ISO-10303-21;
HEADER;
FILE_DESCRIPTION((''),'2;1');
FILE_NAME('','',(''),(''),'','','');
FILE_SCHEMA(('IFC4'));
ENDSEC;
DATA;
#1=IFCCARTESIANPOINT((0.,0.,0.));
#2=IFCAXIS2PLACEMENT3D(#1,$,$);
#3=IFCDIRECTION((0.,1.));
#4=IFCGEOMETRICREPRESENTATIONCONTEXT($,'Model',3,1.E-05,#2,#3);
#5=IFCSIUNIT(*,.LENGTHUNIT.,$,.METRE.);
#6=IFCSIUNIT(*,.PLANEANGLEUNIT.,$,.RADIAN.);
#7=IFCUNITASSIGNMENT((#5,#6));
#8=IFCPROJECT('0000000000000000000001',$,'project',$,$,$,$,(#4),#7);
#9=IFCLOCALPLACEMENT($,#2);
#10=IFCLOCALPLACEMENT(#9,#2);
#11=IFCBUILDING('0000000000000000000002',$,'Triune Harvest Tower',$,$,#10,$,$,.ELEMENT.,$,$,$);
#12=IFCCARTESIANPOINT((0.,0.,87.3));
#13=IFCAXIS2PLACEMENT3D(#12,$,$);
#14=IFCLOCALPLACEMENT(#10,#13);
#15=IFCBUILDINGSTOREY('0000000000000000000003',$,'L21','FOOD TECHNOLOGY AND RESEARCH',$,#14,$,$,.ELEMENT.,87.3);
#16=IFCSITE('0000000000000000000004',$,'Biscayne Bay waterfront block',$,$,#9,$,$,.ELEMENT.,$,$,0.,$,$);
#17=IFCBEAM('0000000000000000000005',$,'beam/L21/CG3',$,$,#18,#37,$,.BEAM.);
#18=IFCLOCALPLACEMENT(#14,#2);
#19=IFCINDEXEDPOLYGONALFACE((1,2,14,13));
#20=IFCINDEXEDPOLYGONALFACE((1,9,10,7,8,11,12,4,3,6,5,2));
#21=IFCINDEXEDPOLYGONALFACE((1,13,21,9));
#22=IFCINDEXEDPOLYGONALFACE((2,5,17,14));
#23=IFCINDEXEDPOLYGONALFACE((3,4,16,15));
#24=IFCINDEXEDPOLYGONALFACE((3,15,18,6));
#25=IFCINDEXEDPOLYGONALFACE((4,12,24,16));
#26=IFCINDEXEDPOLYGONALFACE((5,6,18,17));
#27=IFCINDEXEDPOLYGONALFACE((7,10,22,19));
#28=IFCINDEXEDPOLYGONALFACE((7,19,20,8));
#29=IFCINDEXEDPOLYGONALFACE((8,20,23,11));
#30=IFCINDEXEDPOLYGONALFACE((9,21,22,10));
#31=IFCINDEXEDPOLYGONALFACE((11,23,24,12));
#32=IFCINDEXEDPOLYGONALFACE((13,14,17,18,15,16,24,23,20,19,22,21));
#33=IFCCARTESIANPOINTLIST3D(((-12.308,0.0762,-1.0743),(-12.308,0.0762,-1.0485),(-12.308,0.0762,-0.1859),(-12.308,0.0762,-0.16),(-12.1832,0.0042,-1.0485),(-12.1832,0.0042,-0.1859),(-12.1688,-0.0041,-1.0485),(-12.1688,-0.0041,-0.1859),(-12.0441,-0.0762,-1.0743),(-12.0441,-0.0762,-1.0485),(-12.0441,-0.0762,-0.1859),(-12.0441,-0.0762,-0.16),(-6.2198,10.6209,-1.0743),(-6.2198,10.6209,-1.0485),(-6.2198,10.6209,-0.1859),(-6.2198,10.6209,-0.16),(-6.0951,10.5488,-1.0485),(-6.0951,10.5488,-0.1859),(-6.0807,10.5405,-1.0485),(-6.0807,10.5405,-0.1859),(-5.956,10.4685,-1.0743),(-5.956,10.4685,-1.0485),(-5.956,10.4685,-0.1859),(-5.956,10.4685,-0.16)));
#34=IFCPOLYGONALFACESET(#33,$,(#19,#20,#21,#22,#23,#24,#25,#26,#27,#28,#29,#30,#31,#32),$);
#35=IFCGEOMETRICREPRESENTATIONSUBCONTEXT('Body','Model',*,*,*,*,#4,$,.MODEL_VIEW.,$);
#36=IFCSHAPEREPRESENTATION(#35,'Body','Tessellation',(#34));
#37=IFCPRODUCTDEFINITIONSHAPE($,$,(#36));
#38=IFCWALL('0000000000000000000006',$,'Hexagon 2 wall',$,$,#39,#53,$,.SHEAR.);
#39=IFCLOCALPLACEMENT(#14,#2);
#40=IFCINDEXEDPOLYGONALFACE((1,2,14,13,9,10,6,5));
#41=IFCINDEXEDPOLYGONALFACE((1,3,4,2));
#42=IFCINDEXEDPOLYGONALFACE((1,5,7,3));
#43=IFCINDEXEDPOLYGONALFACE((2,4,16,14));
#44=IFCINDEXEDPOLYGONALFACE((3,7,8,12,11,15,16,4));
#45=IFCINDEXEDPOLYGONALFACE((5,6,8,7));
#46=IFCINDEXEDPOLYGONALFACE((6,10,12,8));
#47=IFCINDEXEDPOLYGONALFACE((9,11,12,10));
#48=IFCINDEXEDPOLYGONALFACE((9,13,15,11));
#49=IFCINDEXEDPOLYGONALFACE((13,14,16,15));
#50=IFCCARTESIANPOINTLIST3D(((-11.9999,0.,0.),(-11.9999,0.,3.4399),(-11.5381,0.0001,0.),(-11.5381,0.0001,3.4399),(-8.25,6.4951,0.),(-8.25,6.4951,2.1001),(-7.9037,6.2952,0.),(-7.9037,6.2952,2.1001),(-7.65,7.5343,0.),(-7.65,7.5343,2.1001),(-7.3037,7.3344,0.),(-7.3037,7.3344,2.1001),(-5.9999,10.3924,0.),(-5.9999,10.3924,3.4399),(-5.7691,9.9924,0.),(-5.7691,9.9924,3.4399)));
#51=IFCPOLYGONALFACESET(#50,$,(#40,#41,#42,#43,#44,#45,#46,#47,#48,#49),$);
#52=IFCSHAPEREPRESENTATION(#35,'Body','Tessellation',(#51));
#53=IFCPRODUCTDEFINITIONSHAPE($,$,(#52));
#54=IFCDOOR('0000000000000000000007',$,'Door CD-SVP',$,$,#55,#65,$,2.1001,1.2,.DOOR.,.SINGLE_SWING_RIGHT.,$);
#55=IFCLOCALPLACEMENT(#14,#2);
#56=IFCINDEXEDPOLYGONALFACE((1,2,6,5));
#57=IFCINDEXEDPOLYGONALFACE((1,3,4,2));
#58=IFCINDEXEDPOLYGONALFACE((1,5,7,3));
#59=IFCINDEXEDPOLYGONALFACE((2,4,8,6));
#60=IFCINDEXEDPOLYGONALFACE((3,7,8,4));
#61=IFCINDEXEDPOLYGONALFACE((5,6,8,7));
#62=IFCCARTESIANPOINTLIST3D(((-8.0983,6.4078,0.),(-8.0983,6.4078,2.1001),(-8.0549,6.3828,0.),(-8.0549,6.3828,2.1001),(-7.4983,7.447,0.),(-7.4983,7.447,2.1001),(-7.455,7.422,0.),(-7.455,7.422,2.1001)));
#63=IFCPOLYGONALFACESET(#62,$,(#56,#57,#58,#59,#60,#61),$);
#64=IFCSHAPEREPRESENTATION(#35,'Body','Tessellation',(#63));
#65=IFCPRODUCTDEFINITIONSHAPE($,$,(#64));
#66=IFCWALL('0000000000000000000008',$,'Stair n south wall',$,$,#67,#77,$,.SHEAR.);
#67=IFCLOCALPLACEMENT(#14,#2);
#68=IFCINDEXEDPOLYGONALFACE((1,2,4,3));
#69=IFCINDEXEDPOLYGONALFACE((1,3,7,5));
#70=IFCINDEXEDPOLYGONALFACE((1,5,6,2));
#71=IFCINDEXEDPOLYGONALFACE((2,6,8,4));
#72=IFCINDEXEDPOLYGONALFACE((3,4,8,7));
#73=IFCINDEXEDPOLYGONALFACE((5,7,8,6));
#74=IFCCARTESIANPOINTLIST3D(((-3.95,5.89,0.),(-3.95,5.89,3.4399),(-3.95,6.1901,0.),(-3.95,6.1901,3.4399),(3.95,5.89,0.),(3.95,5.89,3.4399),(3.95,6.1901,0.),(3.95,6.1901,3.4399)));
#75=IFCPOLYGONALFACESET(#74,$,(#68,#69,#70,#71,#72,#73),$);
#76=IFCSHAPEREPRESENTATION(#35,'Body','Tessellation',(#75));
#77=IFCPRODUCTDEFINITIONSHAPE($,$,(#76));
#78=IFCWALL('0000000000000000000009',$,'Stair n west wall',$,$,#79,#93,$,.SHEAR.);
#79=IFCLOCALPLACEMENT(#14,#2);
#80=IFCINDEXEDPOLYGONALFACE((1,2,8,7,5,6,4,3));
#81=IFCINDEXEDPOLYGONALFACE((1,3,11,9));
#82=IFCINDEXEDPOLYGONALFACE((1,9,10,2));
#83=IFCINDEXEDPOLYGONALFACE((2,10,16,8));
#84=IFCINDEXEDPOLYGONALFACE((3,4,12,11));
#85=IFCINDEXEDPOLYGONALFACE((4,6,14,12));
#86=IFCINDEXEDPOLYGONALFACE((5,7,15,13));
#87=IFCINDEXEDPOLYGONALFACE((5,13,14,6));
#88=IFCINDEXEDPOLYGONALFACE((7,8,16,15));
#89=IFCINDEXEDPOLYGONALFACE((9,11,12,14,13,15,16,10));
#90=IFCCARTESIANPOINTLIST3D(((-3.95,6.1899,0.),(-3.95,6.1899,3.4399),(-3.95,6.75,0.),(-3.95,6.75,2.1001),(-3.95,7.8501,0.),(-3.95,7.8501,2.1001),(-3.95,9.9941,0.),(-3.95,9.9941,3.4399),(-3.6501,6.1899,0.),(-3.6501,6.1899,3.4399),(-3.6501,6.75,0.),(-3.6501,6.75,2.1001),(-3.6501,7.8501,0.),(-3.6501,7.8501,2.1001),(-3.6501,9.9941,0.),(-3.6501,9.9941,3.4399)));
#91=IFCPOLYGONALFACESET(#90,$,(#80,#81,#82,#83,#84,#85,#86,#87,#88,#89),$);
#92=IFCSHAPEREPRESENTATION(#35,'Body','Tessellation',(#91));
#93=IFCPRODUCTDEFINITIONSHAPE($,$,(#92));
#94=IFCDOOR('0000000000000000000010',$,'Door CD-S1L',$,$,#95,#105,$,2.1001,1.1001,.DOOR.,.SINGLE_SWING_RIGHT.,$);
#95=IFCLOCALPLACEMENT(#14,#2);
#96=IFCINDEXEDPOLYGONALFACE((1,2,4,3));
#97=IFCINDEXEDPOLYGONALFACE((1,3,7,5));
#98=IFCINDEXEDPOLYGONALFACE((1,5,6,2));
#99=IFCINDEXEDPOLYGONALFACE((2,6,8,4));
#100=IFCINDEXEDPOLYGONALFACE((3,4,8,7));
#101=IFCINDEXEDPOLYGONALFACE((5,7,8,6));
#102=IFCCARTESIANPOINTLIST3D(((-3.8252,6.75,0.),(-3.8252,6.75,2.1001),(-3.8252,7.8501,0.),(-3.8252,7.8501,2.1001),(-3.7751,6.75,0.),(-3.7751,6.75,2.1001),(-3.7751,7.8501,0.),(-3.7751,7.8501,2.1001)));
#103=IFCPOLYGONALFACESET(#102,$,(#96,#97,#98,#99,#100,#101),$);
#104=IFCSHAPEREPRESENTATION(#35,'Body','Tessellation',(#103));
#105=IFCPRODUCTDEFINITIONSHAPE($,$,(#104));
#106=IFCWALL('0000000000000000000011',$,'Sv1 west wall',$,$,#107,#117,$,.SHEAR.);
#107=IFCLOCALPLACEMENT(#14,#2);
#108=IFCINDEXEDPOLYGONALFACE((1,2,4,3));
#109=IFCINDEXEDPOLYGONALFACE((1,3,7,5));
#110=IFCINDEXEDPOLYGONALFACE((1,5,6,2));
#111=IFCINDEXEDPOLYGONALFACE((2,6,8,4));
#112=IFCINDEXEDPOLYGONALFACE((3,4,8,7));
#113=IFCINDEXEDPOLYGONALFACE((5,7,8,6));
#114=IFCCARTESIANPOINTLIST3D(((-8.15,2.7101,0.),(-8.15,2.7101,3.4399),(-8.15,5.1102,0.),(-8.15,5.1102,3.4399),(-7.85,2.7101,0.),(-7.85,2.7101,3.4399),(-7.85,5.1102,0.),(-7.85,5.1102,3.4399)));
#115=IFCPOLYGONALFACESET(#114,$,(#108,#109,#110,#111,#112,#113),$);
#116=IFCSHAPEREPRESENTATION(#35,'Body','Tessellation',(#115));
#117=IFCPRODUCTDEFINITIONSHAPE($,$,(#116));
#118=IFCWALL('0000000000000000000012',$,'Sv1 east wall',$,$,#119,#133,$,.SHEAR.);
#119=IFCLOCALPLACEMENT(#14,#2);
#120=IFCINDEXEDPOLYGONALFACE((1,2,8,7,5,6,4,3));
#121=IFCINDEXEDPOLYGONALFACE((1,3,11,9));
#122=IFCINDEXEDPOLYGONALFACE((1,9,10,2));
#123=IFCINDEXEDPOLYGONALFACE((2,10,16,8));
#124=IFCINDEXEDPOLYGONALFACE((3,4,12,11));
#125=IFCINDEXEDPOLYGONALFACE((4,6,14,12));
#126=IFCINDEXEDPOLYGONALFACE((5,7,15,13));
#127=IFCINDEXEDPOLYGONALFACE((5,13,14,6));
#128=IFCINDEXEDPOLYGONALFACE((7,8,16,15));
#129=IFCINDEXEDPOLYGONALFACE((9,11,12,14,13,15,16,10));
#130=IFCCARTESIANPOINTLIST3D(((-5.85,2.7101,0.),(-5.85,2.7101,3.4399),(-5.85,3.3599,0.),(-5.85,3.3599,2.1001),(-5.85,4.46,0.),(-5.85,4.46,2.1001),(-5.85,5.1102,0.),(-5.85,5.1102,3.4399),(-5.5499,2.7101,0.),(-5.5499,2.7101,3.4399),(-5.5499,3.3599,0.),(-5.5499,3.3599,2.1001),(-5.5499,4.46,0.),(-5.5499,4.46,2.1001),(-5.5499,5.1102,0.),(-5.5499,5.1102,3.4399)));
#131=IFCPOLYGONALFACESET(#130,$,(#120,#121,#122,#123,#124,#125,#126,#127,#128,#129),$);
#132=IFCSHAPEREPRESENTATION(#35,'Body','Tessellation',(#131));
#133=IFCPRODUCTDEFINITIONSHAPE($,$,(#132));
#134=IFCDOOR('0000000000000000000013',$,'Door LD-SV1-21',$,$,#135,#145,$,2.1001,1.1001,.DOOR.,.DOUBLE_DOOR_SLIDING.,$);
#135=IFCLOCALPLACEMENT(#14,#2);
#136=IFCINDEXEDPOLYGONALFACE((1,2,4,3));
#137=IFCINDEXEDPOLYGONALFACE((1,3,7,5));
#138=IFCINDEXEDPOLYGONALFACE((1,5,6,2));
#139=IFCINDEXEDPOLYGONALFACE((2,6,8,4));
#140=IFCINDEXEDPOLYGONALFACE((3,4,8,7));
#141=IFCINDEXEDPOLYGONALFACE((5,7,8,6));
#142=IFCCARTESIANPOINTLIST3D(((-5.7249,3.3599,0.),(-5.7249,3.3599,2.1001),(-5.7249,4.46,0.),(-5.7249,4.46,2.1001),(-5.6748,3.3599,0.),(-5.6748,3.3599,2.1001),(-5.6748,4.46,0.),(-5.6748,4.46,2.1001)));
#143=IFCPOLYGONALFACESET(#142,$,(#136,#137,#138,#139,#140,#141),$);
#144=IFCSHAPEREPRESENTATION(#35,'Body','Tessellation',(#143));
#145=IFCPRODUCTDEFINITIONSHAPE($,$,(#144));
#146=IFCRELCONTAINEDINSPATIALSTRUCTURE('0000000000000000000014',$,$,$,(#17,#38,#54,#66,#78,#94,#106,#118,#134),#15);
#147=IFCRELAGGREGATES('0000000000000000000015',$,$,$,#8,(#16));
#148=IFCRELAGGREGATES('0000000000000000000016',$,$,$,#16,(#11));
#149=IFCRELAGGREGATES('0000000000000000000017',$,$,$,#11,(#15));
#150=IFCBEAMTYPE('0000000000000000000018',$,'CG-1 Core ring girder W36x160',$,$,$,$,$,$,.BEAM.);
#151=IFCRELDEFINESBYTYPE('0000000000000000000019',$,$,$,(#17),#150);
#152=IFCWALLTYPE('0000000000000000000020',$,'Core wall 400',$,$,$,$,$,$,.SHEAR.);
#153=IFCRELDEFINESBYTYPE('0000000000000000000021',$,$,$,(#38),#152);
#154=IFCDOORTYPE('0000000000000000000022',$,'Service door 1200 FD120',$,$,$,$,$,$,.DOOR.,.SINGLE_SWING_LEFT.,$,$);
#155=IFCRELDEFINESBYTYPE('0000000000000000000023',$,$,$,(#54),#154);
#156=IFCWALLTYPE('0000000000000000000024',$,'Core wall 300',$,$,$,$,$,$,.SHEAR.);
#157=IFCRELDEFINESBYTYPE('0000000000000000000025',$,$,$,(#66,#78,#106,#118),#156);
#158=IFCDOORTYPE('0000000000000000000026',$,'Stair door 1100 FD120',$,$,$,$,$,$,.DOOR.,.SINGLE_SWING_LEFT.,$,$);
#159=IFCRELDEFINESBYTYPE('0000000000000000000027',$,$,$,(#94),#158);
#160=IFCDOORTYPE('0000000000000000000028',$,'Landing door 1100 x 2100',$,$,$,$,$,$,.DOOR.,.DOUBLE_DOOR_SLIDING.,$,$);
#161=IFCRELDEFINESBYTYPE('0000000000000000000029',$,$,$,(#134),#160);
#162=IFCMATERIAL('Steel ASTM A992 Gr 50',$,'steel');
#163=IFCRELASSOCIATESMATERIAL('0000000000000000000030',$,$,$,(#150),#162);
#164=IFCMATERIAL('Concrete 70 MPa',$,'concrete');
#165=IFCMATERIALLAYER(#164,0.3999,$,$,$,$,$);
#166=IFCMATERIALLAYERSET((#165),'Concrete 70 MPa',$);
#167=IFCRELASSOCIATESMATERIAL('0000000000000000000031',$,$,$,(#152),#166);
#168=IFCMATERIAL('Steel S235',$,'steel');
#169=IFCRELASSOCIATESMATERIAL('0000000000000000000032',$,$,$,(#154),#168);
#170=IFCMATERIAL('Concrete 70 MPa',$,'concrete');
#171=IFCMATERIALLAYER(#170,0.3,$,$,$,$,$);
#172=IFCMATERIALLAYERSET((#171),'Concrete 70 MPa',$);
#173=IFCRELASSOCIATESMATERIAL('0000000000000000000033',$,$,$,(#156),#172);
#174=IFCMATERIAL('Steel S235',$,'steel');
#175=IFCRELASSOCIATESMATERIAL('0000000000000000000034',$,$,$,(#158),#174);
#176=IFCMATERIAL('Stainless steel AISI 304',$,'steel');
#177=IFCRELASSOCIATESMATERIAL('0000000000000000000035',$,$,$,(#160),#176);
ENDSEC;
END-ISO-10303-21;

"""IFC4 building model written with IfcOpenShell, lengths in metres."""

from ifc_helpers import new_model, si_unit, direction, frame, frame_2d, origin, origin_2d, place, context, subcontext, project, spatial, polyline, rectangle, i_section, outline, extrude, source, transform, mapped, material, layer, layer_set, material_profile, profile_set, type_object, element, fill, save


model = new_model("IFC4")

# Units and contexts
model_context = context("Model", 3, precision=1e-05, world=origin(), true_north=direction((0.0, 1.0)))
body_context = subcontext(model_context, "Body", "Model", "MODEL_VIEW")
ifc_project = project(units=[si_unit("LENGTHUNIT", "METRE"), si_unit("PLANEANGLEUNIT", "RADIAN")], contexts=[model_context])

# Site, building, storey
site_placement = place(None, origin())
site = spatial("IfcSite", under=ifc_project, at=site_placement, Name="Biscayne Bay waterfront block", CompositionType="ELEMENT", RefElevation=0.0)
building_placement = place(site_placement, origin())
building = spatial("IfcBuilding", under=site, at=building_placement, Name="Triune Harvest Tower", CompositionType="ELEMENT")
storey_placement = place(building_placement, frame((0.0, 0.0, 87.3)))
storey = spatial("IfcBuildingStorey", under=building, at=storey_placement, Name="L21", Description="FOOD TECHNOLOGY AND RESEARCH", CompositionType="ELEMENT", Elevation=87.3)

# Beam
ifc_material_1 = material(Name="Steel ASTM A992 Gr 50", Category="steel")
ifc_material_profile = material_profile(ifc_material_1, i_section(OverallWidth=0.3047, OverallDepth=0.9143, WebThickness=0.0166, FlangeThickness=0.0259, at=origin_2d()), Name="W36x160")
ifc_profile_set = profile_set([ifc_material_profile], Name="Steel ASTM A992 Gr 50")
beam_type = type_object("IfcBeamType", Name="CG-1 Core ring girder W36x160", PredefinedType="BEAM", material=ifc_profile_set)
shared_shape_1 = source(origin(), body_context, "Body", "SweptSolid", [
    extrude(i_section(OverallWidth=0.3047, OverallDepth=0.9143, WebThickness=0.0166, FlangeThickness=0.0259, at=origin_2d()), origin(), (0.0, 0.0, 1.0), 12.176),
])
beam_placement = place(storey_placement, frame((-6.0879, 10.5447, -0.6172), z_axis=(-0.50001, -0.86602, 0.0), x_axis=(0.86602, -0.50001, 0.0)))
element("IfcBeam", 1, at=beam_placement, inside=storey, type_object=beam_type, Name="beam/L21/CG3", PredefinedType="BEAM", context=body_context, shape_type="MappedRepresentation", body=[
    mapped(shared_shape_1, transform((0.0, 0.0, 0.0), scale=1.0)),
])

# Wall, opening, door
ifc_material_2 = material(Name="Concrete 70 MPa", Category="concrete")
ifc_layer_1 = layer(ifc_material_2, 0.3999)
ifc_layer_set_1 = layer_set([ifc_layer_1], Name="Concrete 70 MPa")
wall_type_1 = type_object("IfcWallType", Name="Core wall 400", PredefinedType="SHEAR", material=ifc_layer_set_1)
shared_shape_2 = source(origin(), body_context, "Body", "SweptSolid", [
    extrude(outline(polyline([(-0.1155, -0.2), (11.8845, -0.2), (11.6536, 0.2), (0.1155, 0.2), (-0.1155, -0.2)])), origin(), (0.0, 0.0, 1.0), 3.4399),
])
wall_1_placement = place(storey_placement, frame((-5.8845, 10.1924, 0.0), z_axis=(0.0, 0.0, 1.0), x_axis=(-0.499997, -0.866027, 0.0)))
wall_1 = element("IfcWall", 2, at=wall_1_placement, inside=storey, type_object=wall_type_1, Name="Hexagon 2 wall", PredefinedType="SHEAR", context=body_context, shape_type="MappedRepresentation", body=[
    mapped(shared_shape_2, transform((0.0, 0.0, 0.0), scale=1.0)),
])
opening_1_placement = place(wall_1_placement, frame((3.1846, 0.0, 0.0)))
opening_1 = element("IfcOpeningElement", 3, at=opening_1_placement, cuts=wall_1, PredefinedType="OPENING", context=body_context, shape_type="SweptSolid", body=[
    extrude(rectangle(XDim=1.2, YDim=2.1001, at=frame_2d((0.6001, 1.05))), frame((0.0, 0.21, 0.0), z_axis=(0.0, -1.0, 0.0), x_axis=(1.0, 0.0, 0.0)), (0.0, 0.0, 1.0), 0.4199),
])
ifc_material_3 = material(Name="Steel S235", Category="steel")
door_type_1 = type_object("IfcDoorType", Name="Service door 1200 FD120", OperationType="SINGLE_SWING_LEFT", PredefinedType="DOOR", material=ifc_material_3)
door_1_placement = place(opening_1_placement, frame((1.2, 0.0, 0.0), z_axis=(0.0, 0.0, 1.0), x_axis=(-1.0, 0.0, 0.0)))
door_1 = element("IfcDoor", 4, at=door_1_placement, inside=storey, type_object=door_type_1, Name="Door CD-SVP", OperationType="SINGLE_SWING_RIGHT", OverallHeight=2.1001, OverallWidth=1.2, PredefinedType="DOOR", context=body_context, shape_type="SweptSolid", body=[
    extrude(rectangle(XDim=1.2, YDim=2.1001, at=frame_2d((0.6001, 1.05))), frame((0.0, 0.0249, 0.0), z_axis=(0.0, -1.0, 0.0), x_axis=(1.0, 0.0, 0.0)), (0.0, 0.0, 1.0), 0.05),
])
fill(opening_1, door_1)

# Wall
ifc_material_4 = material(Name="Concrete 70 MPa", Category="concrete")
ifc_layer_2 = layer(ifc_material_4, 0.3)
ifc_layer_set_2 = layer_set([ifc_layer_2], Name="Concrete 70 MPa")
wall_type_2 = type_object("IfcWallType", Name="Core wall 300", PredefinedType="SHEAR", material=ifc_layer_set_2)
shared_shape_3 = source(origin(), body_context, "Body", "SweptSolid", [
    extrude(rectangle(XDim=7.8999, YDim=0.3, at=frame_2d((3.95, 0.0))), origin(), (0.0, 0.0, 1.0), 3.4399),
])
wall_2_placement = place(storey_placement, frame((-3.95, 6.04, 0.0), z_axis=(0.0, 0.0, 1.0), x_axis=(1.0, 0.0, 0.0)))
element("IfcWall", 5, at=wall_2_placement, inside=storey, type_object=wall_type_2, Name="Stair n south wall", PredefinedType="SHEAR", context=body_context, shape_type="MappedRepresentation", body=[
    mapped(shared_shape_3, transform((0.0, 0.0, 0.0), scale=1.0)),
])

# Wall, opening, door
shared_shape_4 = source(origin(), body_context, "Body", "SweptSolid", [
    extrude(outline(polyline([(0.0, -0.1499), (0.0, 0.1499), (3.8042, 0.1499), (3.8042, -0.1499), (0.0, -0.1499)])), origin(), (0.0, 0.0, 1.0), 3.4399),
])
wall_3_placement = place(storey_placement, frame((-3.8, 6.1899, 0.0), z_axis=(0.0, 0.0, 1.0), x_axis=(0.0, 1.0, 0.0)))
wall_3 = element("IfcWall", 6, at=wall_3_placement, inside=storey, type_object=wall_type_2, Name="Stair n west wall", PredefinedType="SHEAR", context=body_context, shape_type="MappedRepresentation", body=[
    mapped(shared_shape_4, transform((0.0, 0.0, 0.0), scale=1.0)),
])
opening_2_placement = place(wall_3_placement, frame((0.5601, 0.0, 0.0)))
opening_2 = element("IfcOpeningElement", 7, at=opening_2_placement, cuts=wall_3, PredefinedType="OPENING", context=body_context, shape_type="SweptSolid", body=[
    extrude(rectangle(XDim=1.1001, YDim=2.1001, at=frame_2d((0.55, 1.05))), frame((0.0, 0.1602, 0.0), z_axis=(0.0, -1.0, 0.0), x_axis=(1.0, 0.0, 0.0)), (0.0, 0.0, 1.0), 0.3201),
])
ifc_material_5 = material(Name="Steel S235", Category="steel")
door_type_2 = type_object("IfcDoorType", Name="Stair door 1100 FD120", OperationType="SINGLE_SWING_LEFT", PredefinedType="DOOR", material=ifc_material_5)
door_2_placement = place(opening_2_placement, frame((1.1001, 0.0, 0.0), z_axis=(0.0, 0.0, 1.0), x_axis=(-1.0, 0.0, 0.0)))
door_2 = element("IfcDoor", 8, at=door_2_placement, inside=storey, type_object=door_type_2, Name="Door CD-S1L", OperationType="SINGLE_SWING_RIGHT", OverallHeight=2.1001, OverallWidth=1.1001, PredefinedType="DOOR", context=body_context, shape_type="SweptSolid", body=[
    extrude(rectangle(XDim=1.1001, YDim=2.1001, at=frame_2d((0.55, 1.05))), frame((0.0, 0.0249, 0.0), z_axis=(0.0, -1.0, 0.0), x_axis=(1.0, 0.0, 0.0)), (0.0, 0.0, 1.0), 0.05),
])
fill(opening_2, door_2)

# Wall
shared_shape_5 = source(origin(), body_context, "Body", "SweptSolid", [
    extrude(rectangle(XDim=2.4001, YDim=0.3, at=frame_2d((1.2002, 0.0))), origin(), (0.0, 0.0, 1.0), 3.4399),
])
wall_4_placement = place(storey_placement, frame((-8.0, 2.71, 0.0), z_axis=(0.0, 0.0, 1.0), x_axis=(0.0, 1.0, 0.0)))
element("IfcWall", 9, at=wall_4_placement, inside=storey, type_object=wall_type_2, Name="Sv1 west wall", PredefinedType="SHEAR", context=body_context, shape_type="MappedRepresentation", body=[
    mapped(shared_shape_5, transform((0.0, 0.0, 0.0), scale=1.0)),
])

# Wall, opening, door
wall_5_placement = place(storey_placement, frame((-5.7, 2.71, 0.0), z_axis=(0.0, 0.0, 1.0), x_axis=(0.0, 1.0, 0.0)))
wall_5 = element("IfcWall", 10, at=wall_5_placement, inside=storey, type_object=wall_type_2, Name="Sv1 east wall", PredefinedType="SHEAR", context=body_context, shape_type="MappedRepresentation", body=[
    mapped(shared_shape_5, transform((0.0, 0.0, 0.0), scale=1.0)),
])
opening_3_placement = place(wall_5_placement, frame((0.6499, 0.0, 0.0)))
opening_3 = element("IfcOpeningElement", 11, at=opening_3_placement, cuts=wall_5, PredefinedType="OPENING", context=body_context, shape_type="SweptSolid", body=[
    extrude(rectangle(XDim=1.1001, YDim=2.1001, at=frame_2d((0.55, 1.05))), frame((0.0, 0.1602, 0.0), z_axis=(0.0, -1.0, 0.0), x_axis=(1.0, 0.0, 0.0)), (0.0, 0.0, 1.0), 0.3201),
])
ifc_material_6 = material(Name="Stainless steel AISI 304", Category="steel")
door_type_3 = type_object("IfcDoorType", Name="Landing door 1100 x 2100", OperationType="DOUBLE_DOOR_SLIDING", PredefinedType="DOOR", material=ifc_material_6)
door_3_placement = place(opening_3_placement, origin())
door_3 = element("IfcDoor", 12, at=door_3_placement, inside=storey, type_object=door_type_3, Name="Door LD-SV1-21", OperationType="DOUBLE_DOOR_SLIDING", OverallHeight=2.1001, OverallWidth=1.1001, PredefinedType="DOOR", context=body_context, shape_type="SweptSolid", body=[
    extrude(rectangle(XDim=1.1001, YDim=2.1001, at=frame_2d((0.55, 1.05))), frame((0.0, 0.0249, 0.0), z_axis=(0.0, -1.0, 0.0), x_axis=(1.0, 0.0, 0.0)), (0.0, 0.0, 1.0), 0.05),
])
fill(opening_3, door_3)

save(model, "model.ifc")
